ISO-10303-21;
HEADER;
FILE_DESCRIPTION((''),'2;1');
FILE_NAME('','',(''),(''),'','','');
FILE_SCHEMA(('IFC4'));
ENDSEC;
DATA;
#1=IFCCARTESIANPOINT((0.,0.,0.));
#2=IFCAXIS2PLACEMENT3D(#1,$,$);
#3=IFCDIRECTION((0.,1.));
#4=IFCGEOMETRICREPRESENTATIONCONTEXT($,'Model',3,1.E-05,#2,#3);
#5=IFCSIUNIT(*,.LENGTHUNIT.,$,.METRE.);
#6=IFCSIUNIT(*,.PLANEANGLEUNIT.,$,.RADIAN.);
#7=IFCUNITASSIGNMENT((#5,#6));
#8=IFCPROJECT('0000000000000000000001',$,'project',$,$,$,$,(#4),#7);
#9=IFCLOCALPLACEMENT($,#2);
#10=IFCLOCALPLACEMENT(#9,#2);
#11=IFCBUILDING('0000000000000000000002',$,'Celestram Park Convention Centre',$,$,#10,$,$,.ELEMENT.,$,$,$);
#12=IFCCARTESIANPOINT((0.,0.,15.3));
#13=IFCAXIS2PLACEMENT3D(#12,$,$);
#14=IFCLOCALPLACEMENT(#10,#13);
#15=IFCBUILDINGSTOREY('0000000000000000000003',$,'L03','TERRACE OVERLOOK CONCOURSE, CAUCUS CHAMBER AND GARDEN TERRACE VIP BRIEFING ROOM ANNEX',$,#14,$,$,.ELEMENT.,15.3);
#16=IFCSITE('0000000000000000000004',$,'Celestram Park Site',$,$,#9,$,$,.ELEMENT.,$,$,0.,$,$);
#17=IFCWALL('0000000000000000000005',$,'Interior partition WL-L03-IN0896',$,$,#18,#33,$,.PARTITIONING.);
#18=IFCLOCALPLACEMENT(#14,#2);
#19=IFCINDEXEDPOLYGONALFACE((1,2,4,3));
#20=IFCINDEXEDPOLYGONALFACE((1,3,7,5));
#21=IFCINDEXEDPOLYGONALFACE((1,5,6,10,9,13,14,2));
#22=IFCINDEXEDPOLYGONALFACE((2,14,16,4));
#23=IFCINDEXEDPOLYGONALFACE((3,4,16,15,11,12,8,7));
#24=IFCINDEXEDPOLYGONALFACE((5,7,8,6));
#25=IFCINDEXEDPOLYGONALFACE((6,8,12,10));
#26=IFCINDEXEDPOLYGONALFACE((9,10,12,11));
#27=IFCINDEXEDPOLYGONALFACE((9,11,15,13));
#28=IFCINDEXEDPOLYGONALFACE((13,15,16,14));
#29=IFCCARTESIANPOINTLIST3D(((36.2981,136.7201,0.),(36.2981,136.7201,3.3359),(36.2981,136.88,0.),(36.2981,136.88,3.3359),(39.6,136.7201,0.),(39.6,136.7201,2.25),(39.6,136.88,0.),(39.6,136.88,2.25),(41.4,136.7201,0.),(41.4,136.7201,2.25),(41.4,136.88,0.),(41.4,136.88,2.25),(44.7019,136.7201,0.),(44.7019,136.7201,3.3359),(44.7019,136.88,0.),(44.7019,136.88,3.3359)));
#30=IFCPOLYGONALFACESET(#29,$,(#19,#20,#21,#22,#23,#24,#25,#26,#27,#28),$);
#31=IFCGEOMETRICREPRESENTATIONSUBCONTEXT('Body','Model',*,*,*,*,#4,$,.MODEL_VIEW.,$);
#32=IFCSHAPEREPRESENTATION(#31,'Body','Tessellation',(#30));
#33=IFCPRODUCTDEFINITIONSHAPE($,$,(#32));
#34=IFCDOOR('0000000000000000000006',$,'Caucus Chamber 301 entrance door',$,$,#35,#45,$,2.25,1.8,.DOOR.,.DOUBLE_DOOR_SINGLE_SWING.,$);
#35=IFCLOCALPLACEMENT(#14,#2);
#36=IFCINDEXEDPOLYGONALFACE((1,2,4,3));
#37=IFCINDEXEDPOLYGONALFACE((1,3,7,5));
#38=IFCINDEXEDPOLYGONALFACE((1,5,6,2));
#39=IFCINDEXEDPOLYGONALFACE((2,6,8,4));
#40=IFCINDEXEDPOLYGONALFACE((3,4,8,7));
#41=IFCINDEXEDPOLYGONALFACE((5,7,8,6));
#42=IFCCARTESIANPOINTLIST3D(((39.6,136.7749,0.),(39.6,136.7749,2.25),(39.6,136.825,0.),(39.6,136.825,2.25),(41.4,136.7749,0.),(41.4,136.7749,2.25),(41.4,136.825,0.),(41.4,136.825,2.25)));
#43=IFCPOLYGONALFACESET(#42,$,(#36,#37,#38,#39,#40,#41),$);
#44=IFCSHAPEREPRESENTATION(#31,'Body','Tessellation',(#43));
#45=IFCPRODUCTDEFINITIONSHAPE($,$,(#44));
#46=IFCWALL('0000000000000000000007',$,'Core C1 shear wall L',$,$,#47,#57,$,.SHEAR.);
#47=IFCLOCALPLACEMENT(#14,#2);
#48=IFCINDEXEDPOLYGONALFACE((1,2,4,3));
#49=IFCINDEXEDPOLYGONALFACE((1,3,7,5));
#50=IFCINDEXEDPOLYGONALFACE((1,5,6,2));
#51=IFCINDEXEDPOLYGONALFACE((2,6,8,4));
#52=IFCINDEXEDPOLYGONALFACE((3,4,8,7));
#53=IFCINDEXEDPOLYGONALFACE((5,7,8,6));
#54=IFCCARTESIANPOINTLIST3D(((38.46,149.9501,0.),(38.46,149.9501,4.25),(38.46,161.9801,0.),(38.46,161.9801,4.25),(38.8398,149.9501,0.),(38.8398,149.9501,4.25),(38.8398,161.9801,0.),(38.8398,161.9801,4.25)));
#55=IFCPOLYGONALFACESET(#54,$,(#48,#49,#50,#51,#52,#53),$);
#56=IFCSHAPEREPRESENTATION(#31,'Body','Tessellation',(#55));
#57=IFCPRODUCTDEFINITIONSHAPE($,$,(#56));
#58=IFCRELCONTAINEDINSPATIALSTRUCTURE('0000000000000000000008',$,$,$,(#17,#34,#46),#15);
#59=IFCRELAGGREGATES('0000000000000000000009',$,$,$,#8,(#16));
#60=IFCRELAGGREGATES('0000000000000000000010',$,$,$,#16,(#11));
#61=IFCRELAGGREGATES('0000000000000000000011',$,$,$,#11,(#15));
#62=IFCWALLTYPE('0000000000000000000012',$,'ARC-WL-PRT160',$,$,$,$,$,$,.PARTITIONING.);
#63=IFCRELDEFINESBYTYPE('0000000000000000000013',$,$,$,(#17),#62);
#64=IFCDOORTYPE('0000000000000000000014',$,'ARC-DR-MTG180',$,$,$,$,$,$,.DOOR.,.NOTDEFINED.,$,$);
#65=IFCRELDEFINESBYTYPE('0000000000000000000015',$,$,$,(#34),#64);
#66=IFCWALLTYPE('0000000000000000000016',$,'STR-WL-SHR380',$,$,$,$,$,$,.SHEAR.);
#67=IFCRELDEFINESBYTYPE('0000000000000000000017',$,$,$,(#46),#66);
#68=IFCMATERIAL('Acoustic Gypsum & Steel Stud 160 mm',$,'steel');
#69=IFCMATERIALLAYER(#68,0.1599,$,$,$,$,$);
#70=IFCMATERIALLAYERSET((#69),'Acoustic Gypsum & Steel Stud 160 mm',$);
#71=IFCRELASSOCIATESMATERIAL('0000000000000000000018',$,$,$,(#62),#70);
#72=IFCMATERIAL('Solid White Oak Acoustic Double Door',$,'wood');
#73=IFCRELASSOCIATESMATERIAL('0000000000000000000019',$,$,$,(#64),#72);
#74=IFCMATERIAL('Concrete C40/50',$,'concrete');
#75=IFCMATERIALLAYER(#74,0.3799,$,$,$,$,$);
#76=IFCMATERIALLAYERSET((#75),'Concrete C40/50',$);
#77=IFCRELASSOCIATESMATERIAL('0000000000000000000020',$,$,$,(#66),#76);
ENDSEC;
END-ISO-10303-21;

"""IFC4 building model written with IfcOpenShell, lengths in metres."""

from ifc_helpers import new_model, si_unit, direction, frame, frame_2d, origin, place, context, subcontext, project, spatial, rectangle, extrude, material, layer, layer_set, type_object, element, fill, save


model = new_model("IFC4")

# Units and contexts
model_context = context("Model", 3, precision=1e-05, world=origin(), true_north=direction((0.0, 1.0)))
body_context = subcontext(model_context, "Body", "Model", "MODEL_VIEW")
ifc_project = project(units=[si_unit("LENGTHUNIT", "METRE"), si_unit("PLANEANGLEUNIT", "RADIAN")], contexts=[model_context])

# Site, building, storey
site_placement = place(None, origin())
site = spatial("IfcSite", under=ifc_project, at=site_placement, Name="Celestram Park Site", CompositionType="ELEMENT", RefElevation=0.0)
building_placement = place(site_placement, origin())
building = spatial("IfcBuilding", under=site, at=building_placement, Name="Celestram Park Convention Centre", CompositionType="ELEMENT")
storey_placement = place(building_placement, frame((0.0, 0.0, 15.3)))
storey = spatial("IfcBuildingStorey", under=building, at=storey_placement, Name="L03", Description="TERRACE OVERLOOK CONCOURSE, CAUCUS CHAMBER AND GARDEN TERRACE VIP BRIEFING ROOM ANNEX", CompositionType="ELEMENT", Elevation=15.3)

# Shared definitions
ifc_material_1 = material(Name="Concrete C40/50", Category="concrete")

# Wall, opening, door
ifc_material_2 = material(Name="Acoustic Gypsum & Steel Stud 160 mm", Category="steel")
ifc_layer_1 = layer(ifc_material_2, 0.1599)
ifc_layer_set_1 = layer_set([ifc_layer_1], Name="Acoustic Gypsum & Steel Stud 160 mm")
wall_type_1 = type_object("IfcWallType", Name="ARC-WL-PRT160", PredefinedType="PARTITIONING", material=ifc_layer_set_1)
wall_1_placement = place(storey_placement, frame((36.2981, 136.8, 0.0), z_axis=(0.0, 0.0, 1.0), x_axis=(1.0, 0.0, 0.0)))
wall_1 = element("IfcWall", 1, at=wall_1_placement, inside=storey, type_object=wall_type_1, Name="Interior partition WL-L03-IN0896", PredefinedType="PARTITIONING", context=body_context, shape_type="SweptSolid", body=[
    extrude(rectangle(XDim=8.4038, YDim=0.1599, at=frame_2d((4.2019, 0.0))), origin(), (0.0, 0.0, 1.0), 3.3359),
])
opening_1_placement = place(wall_1_placement, frame((3.302, 0.0, 0.0)))
opening_1 = element("IfcOpeningElement", 2, at=opening_1_placement, cuts=wall_1, PredefinedType="OPENING", context=body_context, shape_type="SweptSolid", body=[
    extrude(rectangle(XDim=1.8, YDim=2.25, at=frame_2d((0.8999, 1.125))), frame((0.0, 0.0898, 0.0), z_axis=(0.0, -1.0, 0.0), x_axis=(1.0, 0.0, 0.0)), (0.0, 0.0, 1.0), 0.1799),
])
ifc_material_3 = material(Name="Solid White Oak Acoustic Double Door", Category="wood")
door_type_1 = type_object("IfcDoorType", Name="ARC-DR-MTG180", OperationType="NOTDEFINED", PredefinedType="DOOR", material=ifc_material_3)
door_1_placement = place(opening_1_placement, origin())
door_1 = element("IfcDoor", 3, at=door_1_placement, inside=storey, type_object=door_type_1, Name="Caucus Chamber 301 entrance door", OperationType="DOUBLE_DOOR_SINGLE_SWING", OverallHeight=2.25, OverallWidth=1.8, PredefinedType="DOOR", context=body_context, shape_type="SweptSolid", body=[
    extrude(rectangle(XDim=1.8, YDim=2.25, at=frame_2d((0.8999, 1.125))), frame((0.0, 0.0249, 0.0), z_axis=(0.0, -1.0, 0.0), x_axis=(1.0, 0.0, 0.0)), (0.0, 0.0, 1.0), 0.05),
])
fill(opening_1, door_1)

# Wall
ifc_layer_2 = layer(ifc_material_1, 0.3799)
ifc_layer_set_2 = layer_set([ifc_layer_2], Name="Concrete C40/50")
wall_type_2 = type_object("IfcWallType", Name="STR-WL-SHR380", PredefinedType="SHEAR", material=ifc_layer_set_2)
wall_2_placement = place(storey_placement, frame((38.6499, 149.95, 0.0), z_axis=(0.0, 0.0, 1.0), x_axis=(0.0, 1.0, 0.0)))
element("IfcWall", 4, at=wall_2_placement, inside=storey, type_object=wall_type_2, Name="Core C1 shear wall L", PredefinedType="SHEAR", context=body_context, shape_type="SweptSolid", body=[
    extrude(rectangle(XDim=12.03, YDim=0.3799, at=frame_2d((6.0151, 0.0))), origin(), (0.0, 0.0, 1.0), 4.25),
])

save(model, "model.ifc")
